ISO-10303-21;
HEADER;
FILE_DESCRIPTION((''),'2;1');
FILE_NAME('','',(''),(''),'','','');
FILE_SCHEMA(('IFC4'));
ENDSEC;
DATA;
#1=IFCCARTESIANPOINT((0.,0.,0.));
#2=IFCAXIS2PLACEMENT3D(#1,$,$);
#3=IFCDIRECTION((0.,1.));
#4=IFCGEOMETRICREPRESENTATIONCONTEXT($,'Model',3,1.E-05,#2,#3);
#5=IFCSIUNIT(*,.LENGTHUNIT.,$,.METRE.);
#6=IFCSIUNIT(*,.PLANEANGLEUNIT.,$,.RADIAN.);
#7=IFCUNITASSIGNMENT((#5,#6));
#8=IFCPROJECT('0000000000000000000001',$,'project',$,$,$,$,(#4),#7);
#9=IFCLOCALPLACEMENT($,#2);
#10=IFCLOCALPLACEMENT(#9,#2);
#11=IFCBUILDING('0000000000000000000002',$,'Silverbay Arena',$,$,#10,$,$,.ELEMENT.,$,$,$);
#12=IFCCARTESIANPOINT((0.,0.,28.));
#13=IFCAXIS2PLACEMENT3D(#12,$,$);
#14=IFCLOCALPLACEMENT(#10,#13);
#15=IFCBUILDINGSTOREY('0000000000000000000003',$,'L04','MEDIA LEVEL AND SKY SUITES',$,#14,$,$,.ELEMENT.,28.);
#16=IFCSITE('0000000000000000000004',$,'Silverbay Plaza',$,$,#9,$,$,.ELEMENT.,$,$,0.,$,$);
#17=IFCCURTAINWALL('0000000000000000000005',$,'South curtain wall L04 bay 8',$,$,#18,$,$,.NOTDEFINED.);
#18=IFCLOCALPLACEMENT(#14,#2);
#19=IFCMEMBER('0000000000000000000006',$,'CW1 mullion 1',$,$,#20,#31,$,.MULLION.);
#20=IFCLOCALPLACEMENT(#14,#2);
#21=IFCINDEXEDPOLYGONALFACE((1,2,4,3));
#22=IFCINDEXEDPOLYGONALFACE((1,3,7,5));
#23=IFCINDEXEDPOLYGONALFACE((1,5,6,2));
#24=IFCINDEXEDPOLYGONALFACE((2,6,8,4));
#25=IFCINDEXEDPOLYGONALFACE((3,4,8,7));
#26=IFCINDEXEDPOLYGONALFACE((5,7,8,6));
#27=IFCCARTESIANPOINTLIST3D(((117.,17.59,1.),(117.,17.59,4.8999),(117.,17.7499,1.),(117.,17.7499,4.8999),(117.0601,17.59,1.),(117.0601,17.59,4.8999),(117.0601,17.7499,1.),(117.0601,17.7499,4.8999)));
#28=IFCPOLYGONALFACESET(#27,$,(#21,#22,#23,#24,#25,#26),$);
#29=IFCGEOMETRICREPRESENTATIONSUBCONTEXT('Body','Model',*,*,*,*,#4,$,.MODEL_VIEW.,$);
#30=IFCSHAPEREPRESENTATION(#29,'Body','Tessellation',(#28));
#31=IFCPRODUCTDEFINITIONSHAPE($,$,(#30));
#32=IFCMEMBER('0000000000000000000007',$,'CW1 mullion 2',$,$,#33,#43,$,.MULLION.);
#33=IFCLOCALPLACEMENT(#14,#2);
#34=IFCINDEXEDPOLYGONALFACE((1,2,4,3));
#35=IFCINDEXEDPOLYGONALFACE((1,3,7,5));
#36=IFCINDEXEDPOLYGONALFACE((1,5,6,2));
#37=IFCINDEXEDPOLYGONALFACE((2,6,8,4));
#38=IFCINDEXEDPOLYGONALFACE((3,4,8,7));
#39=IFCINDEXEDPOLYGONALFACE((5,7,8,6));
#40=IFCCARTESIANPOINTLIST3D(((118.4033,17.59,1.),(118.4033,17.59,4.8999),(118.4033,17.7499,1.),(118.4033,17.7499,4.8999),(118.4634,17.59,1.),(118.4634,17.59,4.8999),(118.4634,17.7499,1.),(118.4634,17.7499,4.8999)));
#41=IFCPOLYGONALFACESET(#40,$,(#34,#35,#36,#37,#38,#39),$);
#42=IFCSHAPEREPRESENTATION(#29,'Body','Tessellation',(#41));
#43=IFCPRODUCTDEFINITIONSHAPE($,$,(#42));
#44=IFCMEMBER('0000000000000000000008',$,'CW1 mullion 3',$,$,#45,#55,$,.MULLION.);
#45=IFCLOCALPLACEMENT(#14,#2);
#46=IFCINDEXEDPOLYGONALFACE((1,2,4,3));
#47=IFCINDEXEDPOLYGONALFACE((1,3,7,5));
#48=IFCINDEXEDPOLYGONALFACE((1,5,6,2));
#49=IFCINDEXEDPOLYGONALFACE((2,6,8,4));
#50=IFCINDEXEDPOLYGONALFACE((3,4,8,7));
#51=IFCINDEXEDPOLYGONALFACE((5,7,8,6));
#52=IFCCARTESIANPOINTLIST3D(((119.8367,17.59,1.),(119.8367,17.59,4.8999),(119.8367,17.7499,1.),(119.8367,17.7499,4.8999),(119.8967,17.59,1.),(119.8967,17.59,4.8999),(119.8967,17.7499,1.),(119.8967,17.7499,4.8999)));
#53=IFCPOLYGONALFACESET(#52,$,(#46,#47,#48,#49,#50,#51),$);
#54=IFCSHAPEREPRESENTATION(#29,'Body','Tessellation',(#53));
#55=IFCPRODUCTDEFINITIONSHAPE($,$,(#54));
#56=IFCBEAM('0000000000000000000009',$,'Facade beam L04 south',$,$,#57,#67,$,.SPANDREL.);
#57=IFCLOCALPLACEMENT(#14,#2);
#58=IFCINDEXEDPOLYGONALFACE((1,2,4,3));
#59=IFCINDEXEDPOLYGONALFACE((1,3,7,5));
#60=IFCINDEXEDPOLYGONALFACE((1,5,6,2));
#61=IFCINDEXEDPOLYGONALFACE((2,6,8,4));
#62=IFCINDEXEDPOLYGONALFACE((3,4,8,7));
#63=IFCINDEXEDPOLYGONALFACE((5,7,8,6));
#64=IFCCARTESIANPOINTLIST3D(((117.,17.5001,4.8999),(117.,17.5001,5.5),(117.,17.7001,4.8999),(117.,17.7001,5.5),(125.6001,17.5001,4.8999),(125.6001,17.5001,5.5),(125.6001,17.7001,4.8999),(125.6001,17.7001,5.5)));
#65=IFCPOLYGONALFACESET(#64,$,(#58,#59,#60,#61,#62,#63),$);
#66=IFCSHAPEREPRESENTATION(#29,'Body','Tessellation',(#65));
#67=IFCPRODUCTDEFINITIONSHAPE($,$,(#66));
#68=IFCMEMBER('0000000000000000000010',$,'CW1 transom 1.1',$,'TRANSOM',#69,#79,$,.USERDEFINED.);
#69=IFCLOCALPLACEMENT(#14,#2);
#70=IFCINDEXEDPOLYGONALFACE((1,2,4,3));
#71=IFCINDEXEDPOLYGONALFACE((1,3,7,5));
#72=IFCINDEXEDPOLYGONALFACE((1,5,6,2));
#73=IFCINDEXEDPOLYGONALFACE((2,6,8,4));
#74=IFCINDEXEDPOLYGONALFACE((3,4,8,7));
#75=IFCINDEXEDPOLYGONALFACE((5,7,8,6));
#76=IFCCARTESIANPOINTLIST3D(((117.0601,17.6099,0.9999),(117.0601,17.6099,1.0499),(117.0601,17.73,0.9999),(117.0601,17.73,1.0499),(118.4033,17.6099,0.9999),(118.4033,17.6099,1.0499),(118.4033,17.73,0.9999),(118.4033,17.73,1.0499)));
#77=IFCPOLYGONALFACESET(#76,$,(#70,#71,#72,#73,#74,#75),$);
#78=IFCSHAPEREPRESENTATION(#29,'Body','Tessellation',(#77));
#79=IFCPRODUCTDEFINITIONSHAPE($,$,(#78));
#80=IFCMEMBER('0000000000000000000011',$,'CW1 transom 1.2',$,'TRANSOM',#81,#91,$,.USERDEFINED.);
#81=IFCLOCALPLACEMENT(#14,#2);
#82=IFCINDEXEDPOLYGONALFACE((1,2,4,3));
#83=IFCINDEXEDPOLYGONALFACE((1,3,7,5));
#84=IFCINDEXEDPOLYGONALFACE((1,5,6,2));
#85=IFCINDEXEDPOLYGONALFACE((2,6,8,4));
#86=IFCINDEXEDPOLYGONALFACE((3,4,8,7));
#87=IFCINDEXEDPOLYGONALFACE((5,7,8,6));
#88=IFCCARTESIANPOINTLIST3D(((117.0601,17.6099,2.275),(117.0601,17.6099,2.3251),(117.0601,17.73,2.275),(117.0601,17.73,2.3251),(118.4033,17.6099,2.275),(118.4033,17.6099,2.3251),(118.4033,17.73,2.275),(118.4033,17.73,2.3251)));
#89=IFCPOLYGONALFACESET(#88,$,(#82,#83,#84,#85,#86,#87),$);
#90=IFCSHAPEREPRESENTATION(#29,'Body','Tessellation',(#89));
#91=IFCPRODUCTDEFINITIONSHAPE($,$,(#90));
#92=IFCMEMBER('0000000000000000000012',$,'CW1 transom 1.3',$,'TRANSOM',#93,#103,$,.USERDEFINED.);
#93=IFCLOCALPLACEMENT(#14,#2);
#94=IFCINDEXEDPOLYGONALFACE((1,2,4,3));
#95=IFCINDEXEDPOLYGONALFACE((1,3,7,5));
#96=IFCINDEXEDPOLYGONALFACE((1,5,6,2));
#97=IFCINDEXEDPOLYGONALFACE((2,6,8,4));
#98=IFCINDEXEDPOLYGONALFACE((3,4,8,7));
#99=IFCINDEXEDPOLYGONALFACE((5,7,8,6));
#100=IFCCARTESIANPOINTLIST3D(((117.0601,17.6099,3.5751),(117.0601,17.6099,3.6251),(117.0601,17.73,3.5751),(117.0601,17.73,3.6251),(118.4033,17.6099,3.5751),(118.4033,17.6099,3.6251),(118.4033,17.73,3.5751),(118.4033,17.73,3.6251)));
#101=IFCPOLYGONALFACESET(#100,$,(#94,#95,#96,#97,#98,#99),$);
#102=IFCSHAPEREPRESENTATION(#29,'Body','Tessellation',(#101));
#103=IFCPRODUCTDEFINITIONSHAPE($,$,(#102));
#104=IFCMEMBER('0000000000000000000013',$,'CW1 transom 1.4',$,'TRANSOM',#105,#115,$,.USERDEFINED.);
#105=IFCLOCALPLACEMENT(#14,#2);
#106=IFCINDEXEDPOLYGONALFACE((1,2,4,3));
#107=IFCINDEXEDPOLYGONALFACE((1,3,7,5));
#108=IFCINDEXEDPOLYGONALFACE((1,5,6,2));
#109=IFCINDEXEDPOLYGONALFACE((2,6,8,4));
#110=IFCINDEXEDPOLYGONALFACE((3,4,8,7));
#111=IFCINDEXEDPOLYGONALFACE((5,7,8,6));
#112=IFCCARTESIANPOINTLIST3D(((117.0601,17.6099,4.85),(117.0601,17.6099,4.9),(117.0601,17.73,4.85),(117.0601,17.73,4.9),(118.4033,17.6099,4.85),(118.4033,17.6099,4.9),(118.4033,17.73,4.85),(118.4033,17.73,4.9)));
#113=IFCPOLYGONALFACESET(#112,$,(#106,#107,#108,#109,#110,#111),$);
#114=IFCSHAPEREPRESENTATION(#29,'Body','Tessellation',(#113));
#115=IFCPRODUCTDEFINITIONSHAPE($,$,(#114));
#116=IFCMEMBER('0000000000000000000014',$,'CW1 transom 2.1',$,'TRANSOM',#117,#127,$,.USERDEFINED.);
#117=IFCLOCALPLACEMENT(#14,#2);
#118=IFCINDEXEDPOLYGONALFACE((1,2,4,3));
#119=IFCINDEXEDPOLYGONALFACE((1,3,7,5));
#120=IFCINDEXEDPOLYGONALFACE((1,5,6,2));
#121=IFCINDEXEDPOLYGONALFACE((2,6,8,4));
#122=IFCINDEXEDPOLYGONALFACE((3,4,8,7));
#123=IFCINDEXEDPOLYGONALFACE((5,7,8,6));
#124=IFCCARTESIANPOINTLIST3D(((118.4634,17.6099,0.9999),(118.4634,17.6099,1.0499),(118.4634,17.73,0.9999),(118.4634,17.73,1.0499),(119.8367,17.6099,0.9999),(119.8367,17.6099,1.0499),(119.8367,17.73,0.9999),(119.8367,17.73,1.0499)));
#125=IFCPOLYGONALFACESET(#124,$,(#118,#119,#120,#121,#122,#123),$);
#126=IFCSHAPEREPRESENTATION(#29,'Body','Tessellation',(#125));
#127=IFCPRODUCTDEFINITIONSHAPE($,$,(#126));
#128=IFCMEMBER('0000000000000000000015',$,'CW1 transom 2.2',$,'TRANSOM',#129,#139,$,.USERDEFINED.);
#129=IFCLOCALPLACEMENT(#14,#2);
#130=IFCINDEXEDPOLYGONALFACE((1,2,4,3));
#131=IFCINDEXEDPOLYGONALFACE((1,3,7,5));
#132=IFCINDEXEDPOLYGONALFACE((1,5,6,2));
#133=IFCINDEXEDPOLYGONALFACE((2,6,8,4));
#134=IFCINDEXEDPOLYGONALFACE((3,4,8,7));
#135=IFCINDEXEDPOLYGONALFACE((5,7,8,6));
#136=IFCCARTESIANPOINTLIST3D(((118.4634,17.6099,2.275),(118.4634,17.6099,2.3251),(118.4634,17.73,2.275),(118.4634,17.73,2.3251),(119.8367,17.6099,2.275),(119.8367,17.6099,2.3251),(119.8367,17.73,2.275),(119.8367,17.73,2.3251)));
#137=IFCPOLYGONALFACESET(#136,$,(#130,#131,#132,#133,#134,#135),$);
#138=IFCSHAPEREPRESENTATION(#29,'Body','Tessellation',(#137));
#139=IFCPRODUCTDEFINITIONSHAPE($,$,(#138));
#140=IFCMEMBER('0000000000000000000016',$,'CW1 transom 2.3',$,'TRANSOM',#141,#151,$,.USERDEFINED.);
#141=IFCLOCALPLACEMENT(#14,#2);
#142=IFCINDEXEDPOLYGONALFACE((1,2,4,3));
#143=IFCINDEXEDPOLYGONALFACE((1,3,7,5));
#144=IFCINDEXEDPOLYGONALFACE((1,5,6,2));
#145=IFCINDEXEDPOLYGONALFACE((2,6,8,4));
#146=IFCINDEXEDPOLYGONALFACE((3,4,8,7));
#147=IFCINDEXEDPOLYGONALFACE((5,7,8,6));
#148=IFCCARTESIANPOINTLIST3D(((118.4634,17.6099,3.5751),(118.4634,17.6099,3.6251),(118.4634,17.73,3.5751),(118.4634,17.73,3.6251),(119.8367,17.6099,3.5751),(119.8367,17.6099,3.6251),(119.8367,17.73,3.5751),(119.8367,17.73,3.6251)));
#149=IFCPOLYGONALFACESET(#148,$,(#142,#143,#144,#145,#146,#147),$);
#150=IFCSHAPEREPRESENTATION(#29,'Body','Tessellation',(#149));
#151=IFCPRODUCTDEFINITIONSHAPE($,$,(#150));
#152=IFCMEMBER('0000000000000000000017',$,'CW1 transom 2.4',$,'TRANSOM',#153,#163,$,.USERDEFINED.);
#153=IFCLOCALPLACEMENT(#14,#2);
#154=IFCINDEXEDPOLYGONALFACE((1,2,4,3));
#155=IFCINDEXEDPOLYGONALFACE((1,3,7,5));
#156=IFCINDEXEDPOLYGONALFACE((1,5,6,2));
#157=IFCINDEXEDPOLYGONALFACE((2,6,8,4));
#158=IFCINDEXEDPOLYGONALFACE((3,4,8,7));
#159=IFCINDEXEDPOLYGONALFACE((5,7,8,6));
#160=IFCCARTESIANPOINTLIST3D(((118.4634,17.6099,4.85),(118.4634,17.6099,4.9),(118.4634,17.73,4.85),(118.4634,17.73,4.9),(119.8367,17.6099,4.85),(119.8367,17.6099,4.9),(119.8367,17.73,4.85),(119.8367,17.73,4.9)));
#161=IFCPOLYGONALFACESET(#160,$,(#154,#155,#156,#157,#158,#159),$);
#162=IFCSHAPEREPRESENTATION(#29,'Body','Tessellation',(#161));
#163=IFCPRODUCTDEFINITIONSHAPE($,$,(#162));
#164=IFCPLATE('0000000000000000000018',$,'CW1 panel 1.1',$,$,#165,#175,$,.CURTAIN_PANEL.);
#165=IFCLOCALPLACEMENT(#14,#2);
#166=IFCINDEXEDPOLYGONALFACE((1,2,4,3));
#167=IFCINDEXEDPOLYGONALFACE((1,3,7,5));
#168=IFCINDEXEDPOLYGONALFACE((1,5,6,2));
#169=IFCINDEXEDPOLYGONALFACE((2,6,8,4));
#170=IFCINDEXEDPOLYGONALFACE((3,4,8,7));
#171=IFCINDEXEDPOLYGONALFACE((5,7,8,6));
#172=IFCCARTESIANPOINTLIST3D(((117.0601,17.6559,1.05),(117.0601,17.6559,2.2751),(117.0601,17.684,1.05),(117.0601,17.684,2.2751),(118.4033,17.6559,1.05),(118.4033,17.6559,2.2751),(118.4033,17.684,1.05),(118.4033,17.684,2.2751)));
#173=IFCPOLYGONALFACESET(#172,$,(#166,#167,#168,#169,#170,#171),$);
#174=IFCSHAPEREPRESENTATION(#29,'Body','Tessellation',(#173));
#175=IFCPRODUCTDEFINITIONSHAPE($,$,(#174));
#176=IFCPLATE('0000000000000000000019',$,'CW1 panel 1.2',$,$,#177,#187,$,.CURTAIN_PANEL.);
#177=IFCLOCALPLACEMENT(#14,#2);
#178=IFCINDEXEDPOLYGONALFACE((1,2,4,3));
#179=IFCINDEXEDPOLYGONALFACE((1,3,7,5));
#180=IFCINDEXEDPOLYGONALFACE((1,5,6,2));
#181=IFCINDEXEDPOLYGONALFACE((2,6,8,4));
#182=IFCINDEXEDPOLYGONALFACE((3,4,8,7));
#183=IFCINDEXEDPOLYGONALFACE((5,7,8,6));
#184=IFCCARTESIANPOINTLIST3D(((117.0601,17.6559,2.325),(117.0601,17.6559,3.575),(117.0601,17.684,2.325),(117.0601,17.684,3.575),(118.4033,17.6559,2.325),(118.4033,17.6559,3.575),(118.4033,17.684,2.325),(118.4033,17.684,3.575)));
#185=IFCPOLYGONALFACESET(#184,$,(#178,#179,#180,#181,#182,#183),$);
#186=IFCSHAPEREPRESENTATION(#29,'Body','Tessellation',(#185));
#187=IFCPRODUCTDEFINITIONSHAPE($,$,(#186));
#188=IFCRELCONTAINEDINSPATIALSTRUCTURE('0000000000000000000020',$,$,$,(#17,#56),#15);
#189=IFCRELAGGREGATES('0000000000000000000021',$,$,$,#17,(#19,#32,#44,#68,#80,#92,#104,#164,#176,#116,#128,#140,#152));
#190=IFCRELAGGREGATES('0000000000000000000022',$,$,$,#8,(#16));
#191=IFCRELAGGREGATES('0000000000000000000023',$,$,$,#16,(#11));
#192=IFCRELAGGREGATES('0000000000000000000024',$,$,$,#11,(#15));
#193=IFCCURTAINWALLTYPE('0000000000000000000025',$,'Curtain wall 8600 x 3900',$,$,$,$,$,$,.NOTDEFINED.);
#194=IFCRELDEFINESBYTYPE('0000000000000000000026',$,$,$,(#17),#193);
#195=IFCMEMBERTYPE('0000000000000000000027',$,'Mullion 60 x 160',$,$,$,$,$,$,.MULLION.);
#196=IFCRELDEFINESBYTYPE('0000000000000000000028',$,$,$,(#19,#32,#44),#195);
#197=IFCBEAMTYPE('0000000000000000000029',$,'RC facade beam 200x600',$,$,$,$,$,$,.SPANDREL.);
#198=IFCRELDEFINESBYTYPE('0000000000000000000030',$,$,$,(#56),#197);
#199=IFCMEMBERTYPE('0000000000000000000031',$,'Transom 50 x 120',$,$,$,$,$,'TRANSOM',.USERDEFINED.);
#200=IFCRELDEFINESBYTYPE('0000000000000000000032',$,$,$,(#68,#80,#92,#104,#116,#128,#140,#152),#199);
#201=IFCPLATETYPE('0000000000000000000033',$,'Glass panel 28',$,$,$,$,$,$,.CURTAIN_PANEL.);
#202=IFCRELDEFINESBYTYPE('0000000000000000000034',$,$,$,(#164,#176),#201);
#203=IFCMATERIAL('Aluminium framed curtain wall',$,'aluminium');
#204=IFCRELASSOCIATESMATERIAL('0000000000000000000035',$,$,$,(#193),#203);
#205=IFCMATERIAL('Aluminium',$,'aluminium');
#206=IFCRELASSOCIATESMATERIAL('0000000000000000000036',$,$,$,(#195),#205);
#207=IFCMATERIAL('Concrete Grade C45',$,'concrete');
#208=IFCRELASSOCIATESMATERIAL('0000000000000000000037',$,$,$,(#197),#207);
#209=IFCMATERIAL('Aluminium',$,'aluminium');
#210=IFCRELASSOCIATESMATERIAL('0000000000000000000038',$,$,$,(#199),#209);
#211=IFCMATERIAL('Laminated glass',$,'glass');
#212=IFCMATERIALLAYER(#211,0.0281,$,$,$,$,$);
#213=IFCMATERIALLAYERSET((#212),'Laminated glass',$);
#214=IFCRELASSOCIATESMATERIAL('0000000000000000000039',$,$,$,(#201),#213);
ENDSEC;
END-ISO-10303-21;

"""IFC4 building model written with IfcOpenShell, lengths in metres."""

from ifc_helpers import new_model, si_unit, direction, frame, origin, origin_2d, place, context, subcontext, project, spatial, rectangle, extrude, material, layer, layer_set, material_profile, profile_set, type_object, element, aggregate, save


model = new_model("IFC4")

# Units and contexts
model_context = context("Model", 3, precision=1e-05, world=origin(), true_north=direction((0.0, 1.0)))
body_context = subcontext(model_context, "Body", "Model", "MODEL_VIEW")
ifc_project = project(units=[si_unit("LENGTHUNIT", "METRE"), si_unit("PLANEANGLEUNIT", "RADIAN")], contexts=[model_context])

# Site, building, storey
site_placement = place(None, origin())
site = spatial("IfcSite", under=ifc_project, at=site_placement, Name="Silverbay Plaza", CompositionType="ELEMENT", RefElevation=0.0)
building_placement = place(site_placement, origin())
building = spatial("IfcBuilding", under=site, at=building_placement, Name="Silverbay Arena", CompositionType="ELEMENT")
storey_placement = place(building_placement, frame((0.0, 0.0, 28.0)))
storey = spatial("IfcBuildingStorey", under=building, at=storey_placement, Name="L04", Description="MEDIA LEVEL AND SKY SUITES", CompositionType="ELEMENT", Elevation=28.0)

# Curtain wall, members
ifc_material_1 = material(Name="Aluminium framed curtain wall", Category="aluminium")
curtain_wall_type = type_object("IfcCurtainWallType", Name="Curtain wall 8600 x 3900", PredefinedType="NOTDEFINED", material=ifc_material_1)
curtain_wall_placement = place(storey_placement, origin())
curtain_wall = element("IfcCurtainWall", 1, at=curtain_wall_placement, inside=storey, type_object=curtain_wall_type, Name="South curtain wall L04 bay 8", PredefinedType="NOTDEFINED")
ifc_material_2 = material(Name="Aluminium", Category="aluminium")
ifc_material_profile_1 = material_profile(ifc_material_2, rectangle(XDim=0.1599, YDim=0.0601, at=origin_2d()), Name="Mullion 60 x 160")
ifc_profile_set_1 = profile_set([ifc_material_profile_1], Name="Aluminium")
member_type_1 = type_object("IfcMemberType", Name="Mullion 60 x 160", PredefinedType="MULLION", material=ifc_profile_set_1)
member_1_placement = place(storey_placement, frame((117.03, 17.6699, 1.0), z_axis=(0.0, 0.0, 1.0), x_axis=(0.0, 1.0, 0.0)))
member_1 = element("IfcMember", 2, at=member_1_placement, type_object=member_type_1, Name="CW1 mullion 1", PredefinedType="MULLION", context=body_context, shape_type="SweptSolid", body=[
    extrude(rectangle(XDim=0.1599, YDim=0.0601, at=origin_2d()), origin(), (0.0, 0.0, 1.0), 3.8999),
])
member_2_placement = place(storey_placement, frame((118.4333, 17.6699, 1.0), z_axis=(0.0, 0.0, 1.0), x_axis=(0.0, 1.0, 0.0)))
member_2 = element("IfcMember", 3, at=member_2_placement, type_object=member_type_1, Name="CW1 mullion 2", PredefinedType="MULLION", context=body_context, shape_type="SweptSolid", body=[
    extrude(rectangle(XDim=0.1599, YDim=0.0601, at=origin_2d()), origin(), (0.0, 0.0, 1.0), 3.8999),
])
member_3_placement = place(storey_placement, frame((119.8667, 17.6699, 1.0), z_axis=(0.0, 0.0, 1.0), x_axis=(0.0, 1.0, 0.0)))
member_3 = element("IfcMember", 4, at=member_3_placement, type_object=member_type_1, Name="CW1 mullion 3", PredefinedType="MULLION", context=body_context, shape_type="SweptSolid", body=[
    extrude(rectangle(XDim=0.1599, YDim=0.0601, at=origin_2d()), origin(), (0.0, 0.0, 1.0), 3.8999),
])

# Beam
ifc_material_3 = material(Name="Concrete Grade C45", Category="concrete")
ifc_material_profile_2 = material_profile(ifc_material_3, rectangle(XDim=0.2, YDim=0.6001, at=origin_2d()), Name="RC 200x600")
ifc_profile_set_2 = profile_set([ifc_material_profile_2], Name="Concrete Grade C45")
beam_type = type_object("IfcBeamType", Name="RC facade beam 200x600", PredefinedType="SPANDREL", material=ifc_profile_set_2)
beam_placement = place(storey_placement, frame((117.0, 17.6001, 5.2), z_axis=(1.0, 0.0, 0.0), x_axis=(0.0, 1.0, 0.0)))
element("IfcBeam", 5, at=beam_placement, inside=storey, type_object=beam_type, Name="Facade beam L04 south", PredefinedType="SPANDREL", context=body_context, shape_type="SweptSolid", body=[
    extrude(rectangle(XDim=0.2, YDim=0.6001, at=origin_2d()), origin(), (0.0, 0.0, 1.0), 8.6001),
])

# Members
ifc_material_4 = material(Name="Aluminium", Category="aluminium")
ifc_material_profile_3 = material_profile(ifc_material_4, rectangle(XDim=0.1201, YDim=0.05, at=origin_2d()), Name="Transom 50 x 120")
ifc_profile_set_3 = profile_set([ifc_material_profile_3], Name="Aluminium")
member_type_2 = type_object("IfcMemberType", Name="Transom 50 x 120", ElementType="TRANSOM", PredefinedType="USERDEFINED", material=ifc_profile_set_3)
member_4_placement = place(storey_placement, frame((117.0601, 17.6699, 1.0249), z_axis=(1.0, 0.0, 0.0), x_axis=(0.0, 1.0, 0.0)))
member_4 = element("IfcMember", 6, at=member_4_placement, type_object=member_type_2, Name="CW1 transom 1.1", ObjectType="TRANSOM", PredefinedType="USERDEFINED", context=body_context, shape_type="SweptSolid", body=[
    extrude(rectangle(XDim=0.1201, YDim=0.05, at=origin_2d()), origin(), (0.0, 0.0, 1.0), 1.3433),
])
member_5_placement = place(storey_placement, frame((117.0601, 17.6699, 2.3), z_axis=(1.0, 0.0, 0.0), x_axis=(0.0, 1.0, 0.0)))
member_5 = element("IfcMember", 7, at=member_5_placement, type_object=member_type_2, Name="CW1 transom 1.2", ObjectType="TRANSOM", PredefinedType="USERDEFINED", context=body_context, shape_type="SweptSolid", body=[
    extrude(rectangle(XDim=0.1201, YDim=0.05, at=origin_2d()), origin(), (0.0, 0.0, 1.0), 1.3433),
])
member_6_placement = place(storey_placement, frame((117.0601, 17.6699, 3.6001), z_axis=(1.0, 0.0, 0.0), x_axis=(0.0, 1.0, 0.0)))
member_6 = element("IfcMember", 8, at=member_6_placement, type_object=member_type_2, Name="CW1 transom 1.3", ObjectType="TRANSOM", PredefinedType="USERDEFINED", context=body_context, shape_type="SweptSolid", body=[
    extrude(rectangle(XDim=0.1201, YDim=0.05, at=origin_2d()), origin(), (0.0, 0.0, 1.0), 1.3433),
])
member_7_placement = place(storey_placement, frame((117.0601, 17.6699, 4.875), z_axis=(1.0, 0.0, 0.0), x_axis=(0.0, 1.0, 0.0)))
member_7 = element("IfcMember", 9, at=member_7_placement, type_object=member_type_2, Name="CW1 transom 1.4", ObjectType="TRANSOM", PredefinedType="USERDEFINED", context=body_context, shape_type="SweptSolid", body=[
    extrude(rectangle(XDim=0.1201, YDim=0.05, at=origin_2d()), origin(), (0.0, 0.0, 1.0), 1.3433),
])
member_8_placement = place(storey_placement, frame((118.4634, 17.6699, 1.0249), z_axis=(1.0, 0.0, 0.0), x_axis=(0.0, 1.0, 0.0)))
member_8 = element("IfcMember", 10, at=member_8_placement, type_object=member_type_2, Name="CW1 transom 2.1", ObjectType="TRANSOM", PredefinedType="USERDEFINED", context=body_context, shape_type="SweptSolid", body=[
    extrude(rectangle(XDim=0.1201, YDim=0.05, at=origin_2d()), origin(), (0.0, 0.0, 1.0), 1.3733),
])
member_9_placement = place(storey_placement, frame((118.4634, 17.6699, 2.3), z_axis=(1.0, 0.0, 0.0), x_axis=(0.0, 1.0, 0.0)))
member_9 = element("IfcMember", 11, at=member_9_placement, type_object=member_type_2, Name="CW1 transom 2.2", ObjectType="TRANSOM", PredefinedType="USERDEFINED", context=body_context, shape_type="SweptSolid", body=[
    extrude(rectangle(XDim=0.1201, YDim=0.05, at=origin_2d()), origin(), (0.0, 0.0, 1.0), 1.3733),
])
member_10_placement = place(storey_placement, frame((118.4634, 17.6699, 3.6001), z_axis=(1.0, 0.0, 0.0), x_axis=(0.0, 1.0, 0.0)))
member_10 = element("IfcMember", 12, at=member_10_placement, type_object=member_type_2, Name="CW1 transom 2.3", ObjectType="TRANSOM", PredefinedType="USERDEFINED", context=body_context, shape_type="SweptSolid", body=[
    extrude(rectangle(XDim=0.1201, YDim=0.05, at=origin_2d()), origin(), (0.0, 0.0, 1.0), 1.3733),
])
member_11_placement = place(storey_placement, frame((118.4634, 17.6699, 4.875), z_axis=(1.0, 0.0, 0.0), x_axis=(0.0, 1.0, 0.0)))
member_11 = element("IfcMember", 13, at=member_11_placement, type_object=member_type_2, Name="CW1 transom 2.4", ObjectType="TRANSOM", PredefinedType="USERDEFINED", context=body_context, shape_type="SweptSolid", body=[
    extrude(rectangle(XDim=0.1201, YDim=0.05, at=origin_2d()), origin(), (0.0, 0.0, 1.0), 1.3733),
])

# Plates
ifc_material_5 = material(Name="Laminated glass", Category="glass")
ifc_layer_1 = layer(ifc_material_5, 0.0281)
ifc_layer_set_1 = layer_set([ifc_layer_1], Name="Laminated glass")
plate_type = type_object("IfcPlateType", Name="Glass panel 28", PredefinedType="CURTAIN_PANEL", material=ifc_layer_set_1)
plate_1_placement = place(storey_placement, frame((117.7317, 17.6699, 1.05), z_axis=(0.0, 0.0, 1.0), x_axis=(1.0, 0.0, 0.0)))
plate_1 = element("IfcPlate", 14, at=plate_1_placement, type_object=plate_type, Name="CW1 panel 1.1", PredefinedType="CURTAIN_PANEL", context=body_context, shape_type="SweptSolid", body=[
    extrude(rectangle(XDim=1.3433, YDim=0.0281, at=origin_2d()), origin(), (0.0, 0.0, 1.0), 1.2251),
])
plate_2_placement = place(storey_placement, frame((117.7317, 17.6699, 2.325), z_axis=(0.0, 0.0, 1.0), x_axis=(1.0, 0.0, 0.0)))
plate_2 = element("IfcPlate", 15, at=plate_2_placement, type_object=plate_type, Name="CW1 panel 1.2", PredefinedType="CURTAIN_PANEL", context=body_context, shape_type="SweptSolid", body=[
    extrude(rectangle(XDim=1.3433, YDim=0.0281, at=origin_2d()), origin(), (0.0, 0.0, 1.0), 1.25),
])
aggregate(curtain_wall, [member_1, member_2, member_3, member_4, member_5, member_6, member_7, plate_1, plate_2, member_8, member_9, member_10, member_11])

save(model, "model.ifc")
